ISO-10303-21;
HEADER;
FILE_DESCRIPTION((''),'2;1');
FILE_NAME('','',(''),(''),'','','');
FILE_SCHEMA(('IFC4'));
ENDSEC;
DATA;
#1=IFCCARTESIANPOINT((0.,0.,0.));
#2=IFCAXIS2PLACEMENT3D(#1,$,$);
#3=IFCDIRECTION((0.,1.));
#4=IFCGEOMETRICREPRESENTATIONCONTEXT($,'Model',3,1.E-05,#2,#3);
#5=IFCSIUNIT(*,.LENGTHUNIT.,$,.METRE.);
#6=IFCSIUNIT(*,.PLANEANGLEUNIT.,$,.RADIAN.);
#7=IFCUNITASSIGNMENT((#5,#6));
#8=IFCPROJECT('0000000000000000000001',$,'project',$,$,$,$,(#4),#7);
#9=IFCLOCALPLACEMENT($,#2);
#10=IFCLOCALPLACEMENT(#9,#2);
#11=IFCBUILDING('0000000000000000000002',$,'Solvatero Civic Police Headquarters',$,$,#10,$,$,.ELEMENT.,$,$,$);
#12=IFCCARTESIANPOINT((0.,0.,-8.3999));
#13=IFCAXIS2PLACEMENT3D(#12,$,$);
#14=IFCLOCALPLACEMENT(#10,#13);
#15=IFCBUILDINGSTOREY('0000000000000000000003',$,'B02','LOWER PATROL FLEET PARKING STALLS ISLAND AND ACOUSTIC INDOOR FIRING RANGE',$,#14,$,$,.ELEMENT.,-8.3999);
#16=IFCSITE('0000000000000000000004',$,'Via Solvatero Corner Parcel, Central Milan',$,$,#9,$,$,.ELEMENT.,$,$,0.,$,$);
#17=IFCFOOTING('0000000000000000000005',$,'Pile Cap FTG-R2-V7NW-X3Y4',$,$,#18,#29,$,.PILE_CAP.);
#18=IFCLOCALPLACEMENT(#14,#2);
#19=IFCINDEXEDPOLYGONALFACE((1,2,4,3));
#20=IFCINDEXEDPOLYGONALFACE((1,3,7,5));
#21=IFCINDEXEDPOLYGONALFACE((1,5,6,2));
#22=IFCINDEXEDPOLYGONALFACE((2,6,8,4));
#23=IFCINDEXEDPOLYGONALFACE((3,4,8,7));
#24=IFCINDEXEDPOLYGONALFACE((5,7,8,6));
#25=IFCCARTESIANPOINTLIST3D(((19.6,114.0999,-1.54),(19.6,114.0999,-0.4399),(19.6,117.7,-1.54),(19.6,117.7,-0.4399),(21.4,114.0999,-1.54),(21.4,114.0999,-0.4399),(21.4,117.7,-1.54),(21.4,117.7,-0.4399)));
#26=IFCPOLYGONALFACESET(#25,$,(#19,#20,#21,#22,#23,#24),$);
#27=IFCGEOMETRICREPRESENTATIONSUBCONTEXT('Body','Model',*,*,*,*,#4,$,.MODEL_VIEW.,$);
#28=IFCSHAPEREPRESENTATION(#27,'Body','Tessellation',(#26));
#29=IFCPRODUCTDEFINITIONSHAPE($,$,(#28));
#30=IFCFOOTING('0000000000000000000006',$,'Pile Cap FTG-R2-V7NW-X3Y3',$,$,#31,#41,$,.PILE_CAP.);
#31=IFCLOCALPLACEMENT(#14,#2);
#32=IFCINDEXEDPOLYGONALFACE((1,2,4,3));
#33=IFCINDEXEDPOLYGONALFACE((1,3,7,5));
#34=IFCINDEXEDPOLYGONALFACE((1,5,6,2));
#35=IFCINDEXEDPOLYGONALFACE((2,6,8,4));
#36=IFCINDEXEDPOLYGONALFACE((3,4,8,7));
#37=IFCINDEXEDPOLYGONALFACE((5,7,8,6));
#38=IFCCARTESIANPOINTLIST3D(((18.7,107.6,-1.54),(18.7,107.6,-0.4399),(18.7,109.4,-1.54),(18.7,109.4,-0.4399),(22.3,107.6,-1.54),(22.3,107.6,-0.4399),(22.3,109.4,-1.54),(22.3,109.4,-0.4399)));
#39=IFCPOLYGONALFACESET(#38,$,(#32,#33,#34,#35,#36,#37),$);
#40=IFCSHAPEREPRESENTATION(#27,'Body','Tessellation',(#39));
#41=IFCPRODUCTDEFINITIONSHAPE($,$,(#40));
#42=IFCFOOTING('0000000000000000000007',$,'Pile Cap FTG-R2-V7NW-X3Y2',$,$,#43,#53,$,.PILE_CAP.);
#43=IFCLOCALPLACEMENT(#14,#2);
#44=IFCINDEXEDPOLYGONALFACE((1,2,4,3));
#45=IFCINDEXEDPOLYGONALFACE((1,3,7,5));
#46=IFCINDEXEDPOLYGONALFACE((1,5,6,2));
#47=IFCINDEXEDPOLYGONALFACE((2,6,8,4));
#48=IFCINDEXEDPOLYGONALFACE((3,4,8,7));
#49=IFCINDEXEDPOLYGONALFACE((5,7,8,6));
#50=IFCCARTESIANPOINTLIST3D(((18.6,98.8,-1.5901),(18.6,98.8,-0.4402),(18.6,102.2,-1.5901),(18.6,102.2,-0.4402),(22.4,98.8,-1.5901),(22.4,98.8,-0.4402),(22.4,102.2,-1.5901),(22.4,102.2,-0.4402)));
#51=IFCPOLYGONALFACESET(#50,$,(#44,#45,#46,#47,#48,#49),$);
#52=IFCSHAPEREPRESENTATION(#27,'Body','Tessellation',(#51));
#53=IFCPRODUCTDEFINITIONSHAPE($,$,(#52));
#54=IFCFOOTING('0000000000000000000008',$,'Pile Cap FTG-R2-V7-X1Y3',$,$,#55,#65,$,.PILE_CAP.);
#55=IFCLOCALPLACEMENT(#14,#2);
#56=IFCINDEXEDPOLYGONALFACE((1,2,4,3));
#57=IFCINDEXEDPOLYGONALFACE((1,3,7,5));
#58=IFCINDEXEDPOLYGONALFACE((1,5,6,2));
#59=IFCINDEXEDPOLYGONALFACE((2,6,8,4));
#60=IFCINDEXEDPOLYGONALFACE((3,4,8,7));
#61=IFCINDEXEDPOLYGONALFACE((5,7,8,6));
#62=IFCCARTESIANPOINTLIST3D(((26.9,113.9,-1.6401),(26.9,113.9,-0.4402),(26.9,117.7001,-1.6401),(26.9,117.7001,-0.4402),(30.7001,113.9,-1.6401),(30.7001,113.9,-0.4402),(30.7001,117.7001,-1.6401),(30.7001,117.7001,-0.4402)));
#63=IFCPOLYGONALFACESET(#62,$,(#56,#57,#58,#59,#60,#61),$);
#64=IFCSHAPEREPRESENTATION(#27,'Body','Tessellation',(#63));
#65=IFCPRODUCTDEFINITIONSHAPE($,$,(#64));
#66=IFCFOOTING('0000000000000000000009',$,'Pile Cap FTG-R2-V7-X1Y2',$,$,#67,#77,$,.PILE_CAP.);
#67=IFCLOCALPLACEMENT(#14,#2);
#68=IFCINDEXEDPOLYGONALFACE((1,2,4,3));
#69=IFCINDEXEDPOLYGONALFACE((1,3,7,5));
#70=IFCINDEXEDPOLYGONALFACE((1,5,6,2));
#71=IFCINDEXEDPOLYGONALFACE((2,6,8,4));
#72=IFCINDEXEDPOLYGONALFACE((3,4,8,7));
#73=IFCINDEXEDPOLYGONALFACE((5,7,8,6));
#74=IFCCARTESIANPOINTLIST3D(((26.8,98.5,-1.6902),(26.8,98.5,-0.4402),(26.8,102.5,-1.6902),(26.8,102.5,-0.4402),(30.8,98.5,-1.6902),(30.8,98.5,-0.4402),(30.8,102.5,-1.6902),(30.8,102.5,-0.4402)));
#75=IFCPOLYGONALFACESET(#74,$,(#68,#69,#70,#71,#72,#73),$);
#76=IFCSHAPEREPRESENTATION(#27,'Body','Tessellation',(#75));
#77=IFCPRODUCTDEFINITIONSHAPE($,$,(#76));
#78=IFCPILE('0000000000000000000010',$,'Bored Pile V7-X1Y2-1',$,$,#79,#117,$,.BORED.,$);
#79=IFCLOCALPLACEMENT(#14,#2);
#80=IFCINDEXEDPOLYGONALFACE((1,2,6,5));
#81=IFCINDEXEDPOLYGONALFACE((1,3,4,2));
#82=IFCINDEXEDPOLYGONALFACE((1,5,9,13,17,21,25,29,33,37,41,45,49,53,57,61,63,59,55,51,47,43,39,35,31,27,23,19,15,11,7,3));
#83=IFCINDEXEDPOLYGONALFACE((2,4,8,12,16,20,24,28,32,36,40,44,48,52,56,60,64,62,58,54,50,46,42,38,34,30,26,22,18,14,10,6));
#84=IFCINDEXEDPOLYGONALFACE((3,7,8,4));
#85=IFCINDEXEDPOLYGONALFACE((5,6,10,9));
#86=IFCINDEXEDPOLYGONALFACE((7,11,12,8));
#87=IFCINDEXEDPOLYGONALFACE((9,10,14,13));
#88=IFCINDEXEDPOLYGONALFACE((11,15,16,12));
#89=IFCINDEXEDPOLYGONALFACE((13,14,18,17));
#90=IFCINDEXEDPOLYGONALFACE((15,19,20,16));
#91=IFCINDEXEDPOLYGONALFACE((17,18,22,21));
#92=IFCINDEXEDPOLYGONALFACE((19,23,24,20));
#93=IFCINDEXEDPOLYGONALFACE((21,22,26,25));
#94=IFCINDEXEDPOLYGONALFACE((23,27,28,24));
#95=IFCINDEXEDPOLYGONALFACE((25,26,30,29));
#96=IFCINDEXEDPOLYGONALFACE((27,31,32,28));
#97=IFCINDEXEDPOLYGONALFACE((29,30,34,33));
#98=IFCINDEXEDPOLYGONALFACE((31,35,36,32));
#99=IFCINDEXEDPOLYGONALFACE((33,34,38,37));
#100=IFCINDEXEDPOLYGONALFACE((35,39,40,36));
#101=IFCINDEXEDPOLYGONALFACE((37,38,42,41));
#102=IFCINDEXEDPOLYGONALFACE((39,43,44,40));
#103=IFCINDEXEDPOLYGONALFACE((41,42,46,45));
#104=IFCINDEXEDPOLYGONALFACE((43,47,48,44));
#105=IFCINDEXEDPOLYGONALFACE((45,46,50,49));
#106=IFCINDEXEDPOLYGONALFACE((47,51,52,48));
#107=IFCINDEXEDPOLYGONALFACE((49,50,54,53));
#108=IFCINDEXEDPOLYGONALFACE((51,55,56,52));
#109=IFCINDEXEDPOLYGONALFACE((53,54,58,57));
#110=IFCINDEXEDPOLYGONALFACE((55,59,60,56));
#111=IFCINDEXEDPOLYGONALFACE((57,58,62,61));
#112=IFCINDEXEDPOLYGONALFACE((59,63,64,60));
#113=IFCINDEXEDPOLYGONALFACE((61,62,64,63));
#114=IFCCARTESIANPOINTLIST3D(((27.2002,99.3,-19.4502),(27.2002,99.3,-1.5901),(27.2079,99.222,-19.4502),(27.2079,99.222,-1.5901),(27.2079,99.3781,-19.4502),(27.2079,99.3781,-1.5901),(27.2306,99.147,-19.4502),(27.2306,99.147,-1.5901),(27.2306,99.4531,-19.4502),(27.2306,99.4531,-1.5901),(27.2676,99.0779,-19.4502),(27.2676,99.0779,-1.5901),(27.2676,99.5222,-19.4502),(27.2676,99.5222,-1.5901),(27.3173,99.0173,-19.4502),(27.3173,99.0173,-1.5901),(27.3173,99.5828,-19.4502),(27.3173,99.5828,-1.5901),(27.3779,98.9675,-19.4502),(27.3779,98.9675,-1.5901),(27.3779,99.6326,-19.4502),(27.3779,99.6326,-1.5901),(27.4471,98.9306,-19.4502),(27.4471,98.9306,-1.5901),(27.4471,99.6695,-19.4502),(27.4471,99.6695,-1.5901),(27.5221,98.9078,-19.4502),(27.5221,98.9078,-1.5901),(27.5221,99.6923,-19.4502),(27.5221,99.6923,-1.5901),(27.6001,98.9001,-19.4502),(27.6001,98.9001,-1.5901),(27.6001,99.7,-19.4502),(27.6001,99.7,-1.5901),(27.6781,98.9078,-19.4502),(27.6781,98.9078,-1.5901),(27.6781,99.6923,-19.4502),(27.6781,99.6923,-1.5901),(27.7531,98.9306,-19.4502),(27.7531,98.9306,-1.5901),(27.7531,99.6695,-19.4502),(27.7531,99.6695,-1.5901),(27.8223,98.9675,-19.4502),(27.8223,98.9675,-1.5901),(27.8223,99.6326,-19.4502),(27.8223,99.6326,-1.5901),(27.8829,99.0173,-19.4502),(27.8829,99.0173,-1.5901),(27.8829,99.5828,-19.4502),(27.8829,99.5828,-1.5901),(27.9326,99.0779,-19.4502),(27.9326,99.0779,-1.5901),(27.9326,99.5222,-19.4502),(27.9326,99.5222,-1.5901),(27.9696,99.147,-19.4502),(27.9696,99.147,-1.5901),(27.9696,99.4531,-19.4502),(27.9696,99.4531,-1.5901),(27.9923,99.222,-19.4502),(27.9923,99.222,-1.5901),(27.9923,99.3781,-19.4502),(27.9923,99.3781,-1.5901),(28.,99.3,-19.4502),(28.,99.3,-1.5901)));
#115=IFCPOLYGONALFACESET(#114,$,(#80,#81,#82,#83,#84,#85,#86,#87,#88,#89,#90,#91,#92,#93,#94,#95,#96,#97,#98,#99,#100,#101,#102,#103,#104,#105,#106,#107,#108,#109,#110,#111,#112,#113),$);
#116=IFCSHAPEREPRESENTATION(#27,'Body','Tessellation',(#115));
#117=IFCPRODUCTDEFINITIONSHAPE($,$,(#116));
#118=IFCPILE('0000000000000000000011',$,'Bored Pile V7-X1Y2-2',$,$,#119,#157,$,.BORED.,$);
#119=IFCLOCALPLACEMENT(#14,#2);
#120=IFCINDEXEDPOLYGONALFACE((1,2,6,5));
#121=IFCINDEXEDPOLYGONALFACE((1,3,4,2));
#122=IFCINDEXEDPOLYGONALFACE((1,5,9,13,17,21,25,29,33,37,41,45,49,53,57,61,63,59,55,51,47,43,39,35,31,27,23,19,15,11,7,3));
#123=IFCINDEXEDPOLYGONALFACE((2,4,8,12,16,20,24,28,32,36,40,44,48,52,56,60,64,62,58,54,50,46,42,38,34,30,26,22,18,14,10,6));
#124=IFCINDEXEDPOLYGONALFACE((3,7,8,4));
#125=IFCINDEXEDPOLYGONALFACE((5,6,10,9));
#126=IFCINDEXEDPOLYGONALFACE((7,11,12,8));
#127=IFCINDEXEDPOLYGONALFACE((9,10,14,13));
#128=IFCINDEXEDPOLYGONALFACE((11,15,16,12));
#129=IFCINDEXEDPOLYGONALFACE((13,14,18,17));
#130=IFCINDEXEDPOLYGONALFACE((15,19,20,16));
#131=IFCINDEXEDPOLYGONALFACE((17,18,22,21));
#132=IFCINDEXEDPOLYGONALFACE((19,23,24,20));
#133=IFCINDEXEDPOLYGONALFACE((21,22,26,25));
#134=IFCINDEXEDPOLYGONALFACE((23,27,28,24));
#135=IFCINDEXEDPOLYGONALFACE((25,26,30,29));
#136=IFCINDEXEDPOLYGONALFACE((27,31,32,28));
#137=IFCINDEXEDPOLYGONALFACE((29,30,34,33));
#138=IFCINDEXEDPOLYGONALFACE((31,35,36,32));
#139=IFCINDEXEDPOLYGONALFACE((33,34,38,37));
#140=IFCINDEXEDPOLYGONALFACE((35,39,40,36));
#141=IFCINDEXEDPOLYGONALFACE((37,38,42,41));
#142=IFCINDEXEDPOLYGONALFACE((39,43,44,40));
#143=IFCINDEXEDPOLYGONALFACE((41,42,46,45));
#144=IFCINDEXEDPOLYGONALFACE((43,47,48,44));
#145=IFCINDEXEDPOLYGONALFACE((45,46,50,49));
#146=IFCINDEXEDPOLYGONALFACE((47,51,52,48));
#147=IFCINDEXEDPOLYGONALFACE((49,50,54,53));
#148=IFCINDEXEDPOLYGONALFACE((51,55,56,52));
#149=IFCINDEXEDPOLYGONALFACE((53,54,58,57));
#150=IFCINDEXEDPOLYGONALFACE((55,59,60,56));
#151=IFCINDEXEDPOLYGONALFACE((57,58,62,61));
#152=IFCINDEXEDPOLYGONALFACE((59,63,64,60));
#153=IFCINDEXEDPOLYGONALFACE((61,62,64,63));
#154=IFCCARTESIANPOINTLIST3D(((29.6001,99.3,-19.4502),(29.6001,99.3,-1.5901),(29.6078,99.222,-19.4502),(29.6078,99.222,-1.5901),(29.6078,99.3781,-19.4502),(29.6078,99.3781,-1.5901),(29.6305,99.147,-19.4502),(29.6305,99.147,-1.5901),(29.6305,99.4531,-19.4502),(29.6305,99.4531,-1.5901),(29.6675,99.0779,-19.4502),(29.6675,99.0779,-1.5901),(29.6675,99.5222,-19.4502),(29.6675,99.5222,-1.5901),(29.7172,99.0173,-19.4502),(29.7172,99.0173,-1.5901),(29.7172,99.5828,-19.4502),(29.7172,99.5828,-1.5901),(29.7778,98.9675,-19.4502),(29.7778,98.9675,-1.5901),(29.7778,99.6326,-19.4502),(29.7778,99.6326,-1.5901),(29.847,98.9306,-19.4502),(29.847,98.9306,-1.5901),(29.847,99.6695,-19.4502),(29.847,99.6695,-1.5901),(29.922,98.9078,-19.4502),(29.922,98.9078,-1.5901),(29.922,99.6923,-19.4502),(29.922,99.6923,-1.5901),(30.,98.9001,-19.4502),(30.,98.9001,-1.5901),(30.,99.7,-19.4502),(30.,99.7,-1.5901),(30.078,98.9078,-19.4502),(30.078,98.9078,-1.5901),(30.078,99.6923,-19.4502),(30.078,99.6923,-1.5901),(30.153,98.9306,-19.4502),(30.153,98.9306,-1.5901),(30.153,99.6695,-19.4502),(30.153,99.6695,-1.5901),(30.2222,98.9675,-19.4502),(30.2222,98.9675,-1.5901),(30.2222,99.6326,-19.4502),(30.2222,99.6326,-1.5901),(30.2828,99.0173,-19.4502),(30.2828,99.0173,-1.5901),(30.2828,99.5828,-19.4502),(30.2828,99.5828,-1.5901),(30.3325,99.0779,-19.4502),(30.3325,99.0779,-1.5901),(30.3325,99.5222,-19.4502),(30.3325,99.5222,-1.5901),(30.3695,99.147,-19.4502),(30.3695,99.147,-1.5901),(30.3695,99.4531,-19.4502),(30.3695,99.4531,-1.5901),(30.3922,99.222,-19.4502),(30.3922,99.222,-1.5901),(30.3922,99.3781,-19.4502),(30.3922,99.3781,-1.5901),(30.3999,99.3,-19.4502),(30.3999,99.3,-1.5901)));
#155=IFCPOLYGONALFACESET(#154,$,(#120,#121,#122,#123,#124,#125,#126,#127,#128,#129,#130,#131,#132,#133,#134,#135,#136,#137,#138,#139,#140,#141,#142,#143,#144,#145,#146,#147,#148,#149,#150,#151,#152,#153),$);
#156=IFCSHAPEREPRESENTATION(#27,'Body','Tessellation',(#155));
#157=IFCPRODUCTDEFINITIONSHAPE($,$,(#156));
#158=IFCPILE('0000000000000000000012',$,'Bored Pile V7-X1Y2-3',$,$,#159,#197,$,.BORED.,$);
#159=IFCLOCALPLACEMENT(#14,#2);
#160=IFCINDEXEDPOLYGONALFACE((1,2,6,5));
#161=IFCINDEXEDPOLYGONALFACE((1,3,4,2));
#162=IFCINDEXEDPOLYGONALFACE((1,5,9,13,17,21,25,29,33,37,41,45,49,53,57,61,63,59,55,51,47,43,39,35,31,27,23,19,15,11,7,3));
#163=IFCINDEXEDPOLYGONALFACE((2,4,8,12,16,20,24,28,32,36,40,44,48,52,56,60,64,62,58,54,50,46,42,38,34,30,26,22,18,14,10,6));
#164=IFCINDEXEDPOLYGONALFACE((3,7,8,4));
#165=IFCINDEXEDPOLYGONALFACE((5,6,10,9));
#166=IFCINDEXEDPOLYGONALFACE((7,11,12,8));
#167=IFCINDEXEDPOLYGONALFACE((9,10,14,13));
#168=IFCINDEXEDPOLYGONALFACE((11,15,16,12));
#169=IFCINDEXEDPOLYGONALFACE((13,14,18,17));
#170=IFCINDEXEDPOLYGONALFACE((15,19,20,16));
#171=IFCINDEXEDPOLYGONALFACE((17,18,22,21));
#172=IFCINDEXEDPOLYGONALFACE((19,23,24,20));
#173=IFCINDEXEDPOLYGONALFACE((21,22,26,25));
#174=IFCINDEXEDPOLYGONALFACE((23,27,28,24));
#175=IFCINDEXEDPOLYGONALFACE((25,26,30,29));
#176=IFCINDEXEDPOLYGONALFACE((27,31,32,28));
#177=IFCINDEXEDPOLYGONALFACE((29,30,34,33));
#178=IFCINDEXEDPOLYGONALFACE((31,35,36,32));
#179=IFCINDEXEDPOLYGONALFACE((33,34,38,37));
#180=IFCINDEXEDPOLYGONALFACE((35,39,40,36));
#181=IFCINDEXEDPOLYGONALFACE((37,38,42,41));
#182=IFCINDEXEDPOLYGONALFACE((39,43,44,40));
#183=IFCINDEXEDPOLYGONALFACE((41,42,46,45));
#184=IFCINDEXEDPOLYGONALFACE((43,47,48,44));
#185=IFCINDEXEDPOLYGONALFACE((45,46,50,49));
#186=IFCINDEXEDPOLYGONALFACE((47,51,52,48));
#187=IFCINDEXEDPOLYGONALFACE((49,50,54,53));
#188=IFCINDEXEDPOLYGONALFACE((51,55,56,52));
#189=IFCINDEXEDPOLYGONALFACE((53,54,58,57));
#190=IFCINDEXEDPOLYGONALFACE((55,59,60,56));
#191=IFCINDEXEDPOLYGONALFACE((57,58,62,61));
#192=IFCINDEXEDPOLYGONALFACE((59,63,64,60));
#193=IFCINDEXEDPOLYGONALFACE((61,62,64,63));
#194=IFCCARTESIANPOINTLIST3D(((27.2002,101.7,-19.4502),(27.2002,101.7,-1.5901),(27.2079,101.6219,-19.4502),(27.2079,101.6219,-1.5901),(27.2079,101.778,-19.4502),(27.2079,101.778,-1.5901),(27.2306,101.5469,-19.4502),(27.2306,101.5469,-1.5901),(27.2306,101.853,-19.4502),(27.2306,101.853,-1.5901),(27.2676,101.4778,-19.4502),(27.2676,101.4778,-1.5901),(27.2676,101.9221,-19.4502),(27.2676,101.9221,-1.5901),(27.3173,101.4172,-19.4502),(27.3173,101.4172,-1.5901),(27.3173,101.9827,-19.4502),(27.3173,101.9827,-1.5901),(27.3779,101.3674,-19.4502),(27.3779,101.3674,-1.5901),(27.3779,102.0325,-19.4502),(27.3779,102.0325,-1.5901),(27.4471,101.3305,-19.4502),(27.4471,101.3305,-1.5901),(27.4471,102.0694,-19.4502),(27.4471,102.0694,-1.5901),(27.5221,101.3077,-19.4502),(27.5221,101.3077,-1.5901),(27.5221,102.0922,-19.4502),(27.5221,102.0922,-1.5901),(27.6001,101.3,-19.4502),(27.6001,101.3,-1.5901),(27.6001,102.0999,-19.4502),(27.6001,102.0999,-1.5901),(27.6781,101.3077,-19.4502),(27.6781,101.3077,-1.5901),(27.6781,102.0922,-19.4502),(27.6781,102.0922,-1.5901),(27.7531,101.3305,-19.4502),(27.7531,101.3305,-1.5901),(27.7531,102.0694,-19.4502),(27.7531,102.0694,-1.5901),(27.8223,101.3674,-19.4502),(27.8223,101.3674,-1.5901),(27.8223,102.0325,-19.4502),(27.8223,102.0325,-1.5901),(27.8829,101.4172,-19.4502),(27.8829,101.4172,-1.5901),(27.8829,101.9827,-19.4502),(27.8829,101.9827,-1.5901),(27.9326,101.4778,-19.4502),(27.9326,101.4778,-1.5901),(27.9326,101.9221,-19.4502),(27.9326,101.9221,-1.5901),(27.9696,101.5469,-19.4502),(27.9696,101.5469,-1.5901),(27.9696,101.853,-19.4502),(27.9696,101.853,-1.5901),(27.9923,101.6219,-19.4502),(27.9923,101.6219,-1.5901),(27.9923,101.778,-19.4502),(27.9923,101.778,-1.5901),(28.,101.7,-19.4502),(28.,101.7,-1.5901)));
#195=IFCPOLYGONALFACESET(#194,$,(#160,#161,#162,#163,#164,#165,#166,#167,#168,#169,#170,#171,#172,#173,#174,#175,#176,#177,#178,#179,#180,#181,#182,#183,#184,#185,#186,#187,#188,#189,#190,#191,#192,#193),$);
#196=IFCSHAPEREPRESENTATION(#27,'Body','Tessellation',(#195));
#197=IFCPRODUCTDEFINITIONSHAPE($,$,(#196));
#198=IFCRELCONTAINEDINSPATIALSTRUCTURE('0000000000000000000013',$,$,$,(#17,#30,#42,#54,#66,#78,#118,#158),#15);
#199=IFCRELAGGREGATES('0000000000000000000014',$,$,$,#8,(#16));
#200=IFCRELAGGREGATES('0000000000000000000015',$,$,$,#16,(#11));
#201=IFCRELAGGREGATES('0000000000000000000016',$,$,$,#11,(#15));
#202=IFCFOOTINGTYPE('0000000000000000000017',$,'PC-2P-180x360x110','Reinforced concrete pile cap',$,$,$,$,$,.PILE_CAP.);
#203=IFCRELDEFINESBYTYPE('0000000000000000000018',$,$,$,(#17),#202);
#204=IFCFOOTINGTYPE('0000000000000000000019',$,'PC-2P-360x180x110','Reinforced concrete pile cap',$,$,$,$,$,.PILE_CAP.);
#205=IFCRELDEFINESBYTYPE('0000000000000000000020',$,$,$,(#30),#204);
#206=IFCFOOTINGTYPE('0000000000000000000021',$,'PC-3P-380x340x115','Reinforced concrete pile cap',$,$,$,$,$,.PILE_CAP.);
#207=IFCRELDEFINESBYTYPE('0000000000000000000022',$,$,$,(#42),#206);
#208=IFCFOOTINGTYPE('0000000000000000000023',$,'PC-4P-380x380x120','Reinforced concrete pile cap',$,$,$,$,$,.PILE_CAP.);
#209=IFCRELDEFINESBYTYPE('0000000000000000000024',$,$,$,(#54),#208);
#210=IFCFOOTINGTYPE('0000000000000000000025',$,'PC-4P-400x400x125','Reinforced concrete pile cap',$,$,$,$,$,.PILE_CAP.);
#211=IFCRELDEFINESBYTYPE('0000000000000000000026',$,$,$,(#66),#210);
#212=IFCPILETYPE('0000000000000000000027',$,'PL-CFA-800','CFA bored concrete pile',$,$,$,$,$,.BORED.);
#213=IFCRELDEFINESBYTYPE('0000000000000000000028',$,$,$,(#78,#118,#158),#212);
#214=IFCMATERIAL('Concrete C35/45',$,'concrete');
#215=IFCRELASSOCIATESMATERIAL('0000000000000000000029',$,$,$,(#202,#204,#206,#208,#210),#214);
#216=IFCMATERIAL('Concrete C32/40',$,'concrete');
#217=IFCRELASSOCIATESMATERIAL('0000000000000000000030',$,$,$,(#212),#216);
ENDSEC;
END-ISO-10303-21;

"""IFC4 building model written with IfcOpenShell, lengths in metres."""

from ifc_helpers import new_model, si_unit, direction, frame, origin, origin_2d, place, context, subcontext, project, spatial, rectangle, circle, extrude, material, material_profile, profile_set, type_object, element, save


model = new_model("IFC4")

# Units and contexts
model_context = context("Model", 3, precision=1e-05, world=origin(), true_north=direction((0.0, 1.0)))
body_context = subcontext(model_context, "Body", "Model", "MODEL_VIEW")
ifc_project = project(units=[si_unit("LENGTHUNIT", "METRE"), si_unit("PLANEANGLEUNIT", "RADIAN")], contexts=[model_context])

# Site, building, storey
site_placement = place(None, origin())
site = spatial("IfcSite", under=ifc_project, at=site_placement, Name="Via Solvatero Corner Parcel, Central Milan", CompositionType="ELEMENT", RefElevation=0.0)
building_placement = place(site_placement, origin())
building = spatial("IfcBuilding", under=site, at=building_placement, Name="Solvatero Civic Police Headquarters", CompositionType="ELEMENT")
storey_placement = place(building_placement, frame((0.0, 0.0, -8.3999)))
storey = spatial("IfcBuildingStorey", under=building, at=storey_placement, Name="B02", Description="LOWER PATROL FLEET PARKING STALLS ISLAND AND ACOUSTIC INDOOR FIRING RANGE", CompositionType="ELEMENT", Elevation=-8.3999)

# Footings
ifc_material_1 = material(Name="Concrete C35/45", Category="concrete")
footing_type_1 = type_object("IfcFootingType", Name="PC-2P-180x360x110", Description="Reinforced concrete pile cap", PredefinedType="PILE_CAP", material=ifc_material_1)
footing_1_placement = place(storey_placement, frame((20.5, 115.8999, -1.54), z_axis=(0.0, 0.0, 1.0), x_axis=(1.0, 0.0, 0.0)))
element("IfcFooting", 1, at=footing_1_placement, inside=storey, type_object=footing_type_1, Name="Pile Cap FTG-R2-V7NW-X3Y4", PredefinedType="PILE_CAP", context=body_context, shape_type="SweptSolid", body=[
    extrude(rectangle(XDim=1.8, YDim=3.6001, at=origin_2d()), origin(), (0.0, 0.0, 1.0), 1.1001),
])
footing_type_2 = type_object("IfcFootingType", Name="PC-2P-360x180x110", Description="Reinforced concrete pile cap", PredefinedType="PILE_CAP", material=ifc_material_1)
footing_2_placement = place(storey_placement, frame((20.5, 108.5, -1.54), z_axis=(0.0, 0.0, 1.0), x_axis=(1.0, 0.0, 0.0)))
element("IfcFooting", 2, at=footing_2_placement, inside=storey, type_object=footing_type_2, Name="Pile Cap FTG-R2-V7NW-X3Y3", PredefinedType="PILE_CAP", context=body_context, shape_type="SweptSolid", body=[
    extrude(rectangle(XDim=3.6001, YDim=1.8, at=origin_2d()), origin(), (0.0, 0.0, 1.0), 1.1001),
])
footing_type_3 = type_object("IfcFootingType", Name="PC-3P-380x340x115", Description="Reinforced concrete pile cap", PredefinedType="PILE_CAP", material=ifc_material_1)
footing_3_placement = place(storey_placement, frame((20.5, 100.5, -1.5901), z_axis=(0.0, 0.0, 1.0), x_axis=(1.0, 0.0, 0.0)))
element("IfcFooting", 3, at=footing_3_placement, inside=storey, type_object=footing_type_3, Name="Pile Cap FTG-R2-V7NW-X3Y2", PredefinedType="PILE_CAP", context=body_context, shape_type="SweptSolid", body=[
    extrude(rectangle(XDim=3.8, YDim=3.3999, at=origin_2d()), origin(), (0.0, 0.0, 1.0), 1.1499),
])
footing_type_4 = type_object("IfcFootingType", Name="PC-4P-380x380x120", Description="Reinforced concrete pile cap", PredefinedType="PILE_CAP", material=ifc_material_1)
footing_4_placement = place(storey_placement, frame((28.8, 115.8, -1.6401), z_axis=(0.0, 0.0, 1.0), x_axis=(1.0, 0.0, 0.0)))
element("IfcFooting", 4, at=footing_4_placement, inside=storey, type_object=footing_type_4, Name="Pile Cap FTG-R2-V7-X1Y3", PredefinedType="PILE_CAP", context=body_context, shape_type="SweptSolid", body=[
    extrude(rectangle(XDim=3.8, YDim=3.8, at=origin_2d()), origin(), (0.0, 0.0, 1.0), 1.2),
])
footing_type_5 = type_object("IfcFootingType", Name="PC-4P-400x400x125", Description="Reinforced concrete pile cap", PredefinedType="PILE_CAP", material=ifc_material_1)
footing_5_placement = place(storey_placement, frame((28.8, 100.5, -1.6902), z_axis=(0.0, 0.0, 1.0), x_axis=(1.0, 0.0, 0.0)))
element("IfcFooting", 5, at=footing_5_placement, inside=storey, type_object=footing_type_5, Name="Pile Cap FTG-R2-V7-X1Y2", PredefinedType="PILE_CAP", context=body_context, shape_type="SweptSolid", body=[
    extrude(rectangle(XDim=4.0, YDim=4.0, at=origin_2d()), origin(), (0.0, 0.0, 1.0), 1.25),
])

# Piles
ifc_material_2 = material(Name="Concrete C32/40", Category="concrete")
ifc_material_profile_1 = material_profile(ifc_material_2, circle(Radius=0.3999, at=origin_2d()), Name="CFA PILE D800")
ifc_profile_set_1 = profile_set([ifc_material_profile_1], Name="Concrete C32/40")
pile_type = type_object("IfcPileType", Name="PL-CFA-800", Description="CFA bored concrete pile", PredefinedType="BORED", material=ifc_profile_set_1)
for number, where, z_axis, x_axis, name in (
    (6, (27.6001, 99.3, -1.5901), (0.0, 0.0, -1.0), (1.0, 0.0, 0.0), "Bored Pile V7-X1Y2-1"),
    (7, (30.0, 99.3, -1.5901), (0.0, 0.0, -1.0), (1.0, 0.0, 0.0), "Bored Pile V7-X1Y2-2"),
    (8, (27.6001, 101.7, -1.5901), (0.0, 0.0, -1.0), (1.0, 0.0, 0.0), "Bored Pile V7-X1Y2-3"),
):
    element("IfcPile", number, at=place(storey_placement, frame(where, z_axis=z_axis, x_axis=x_axis)), inside=storey, type_object=pile_type, Name=name, PredefinedType="BORED", context=body_context, shape_type="SweptSolid", body=[
        extrude(circle(Radius=0.3999, at=origin_2d()), origin(), (0.0, 0.0, 1.0), 17.8601),
    ])

save(model, "model.ifc")
